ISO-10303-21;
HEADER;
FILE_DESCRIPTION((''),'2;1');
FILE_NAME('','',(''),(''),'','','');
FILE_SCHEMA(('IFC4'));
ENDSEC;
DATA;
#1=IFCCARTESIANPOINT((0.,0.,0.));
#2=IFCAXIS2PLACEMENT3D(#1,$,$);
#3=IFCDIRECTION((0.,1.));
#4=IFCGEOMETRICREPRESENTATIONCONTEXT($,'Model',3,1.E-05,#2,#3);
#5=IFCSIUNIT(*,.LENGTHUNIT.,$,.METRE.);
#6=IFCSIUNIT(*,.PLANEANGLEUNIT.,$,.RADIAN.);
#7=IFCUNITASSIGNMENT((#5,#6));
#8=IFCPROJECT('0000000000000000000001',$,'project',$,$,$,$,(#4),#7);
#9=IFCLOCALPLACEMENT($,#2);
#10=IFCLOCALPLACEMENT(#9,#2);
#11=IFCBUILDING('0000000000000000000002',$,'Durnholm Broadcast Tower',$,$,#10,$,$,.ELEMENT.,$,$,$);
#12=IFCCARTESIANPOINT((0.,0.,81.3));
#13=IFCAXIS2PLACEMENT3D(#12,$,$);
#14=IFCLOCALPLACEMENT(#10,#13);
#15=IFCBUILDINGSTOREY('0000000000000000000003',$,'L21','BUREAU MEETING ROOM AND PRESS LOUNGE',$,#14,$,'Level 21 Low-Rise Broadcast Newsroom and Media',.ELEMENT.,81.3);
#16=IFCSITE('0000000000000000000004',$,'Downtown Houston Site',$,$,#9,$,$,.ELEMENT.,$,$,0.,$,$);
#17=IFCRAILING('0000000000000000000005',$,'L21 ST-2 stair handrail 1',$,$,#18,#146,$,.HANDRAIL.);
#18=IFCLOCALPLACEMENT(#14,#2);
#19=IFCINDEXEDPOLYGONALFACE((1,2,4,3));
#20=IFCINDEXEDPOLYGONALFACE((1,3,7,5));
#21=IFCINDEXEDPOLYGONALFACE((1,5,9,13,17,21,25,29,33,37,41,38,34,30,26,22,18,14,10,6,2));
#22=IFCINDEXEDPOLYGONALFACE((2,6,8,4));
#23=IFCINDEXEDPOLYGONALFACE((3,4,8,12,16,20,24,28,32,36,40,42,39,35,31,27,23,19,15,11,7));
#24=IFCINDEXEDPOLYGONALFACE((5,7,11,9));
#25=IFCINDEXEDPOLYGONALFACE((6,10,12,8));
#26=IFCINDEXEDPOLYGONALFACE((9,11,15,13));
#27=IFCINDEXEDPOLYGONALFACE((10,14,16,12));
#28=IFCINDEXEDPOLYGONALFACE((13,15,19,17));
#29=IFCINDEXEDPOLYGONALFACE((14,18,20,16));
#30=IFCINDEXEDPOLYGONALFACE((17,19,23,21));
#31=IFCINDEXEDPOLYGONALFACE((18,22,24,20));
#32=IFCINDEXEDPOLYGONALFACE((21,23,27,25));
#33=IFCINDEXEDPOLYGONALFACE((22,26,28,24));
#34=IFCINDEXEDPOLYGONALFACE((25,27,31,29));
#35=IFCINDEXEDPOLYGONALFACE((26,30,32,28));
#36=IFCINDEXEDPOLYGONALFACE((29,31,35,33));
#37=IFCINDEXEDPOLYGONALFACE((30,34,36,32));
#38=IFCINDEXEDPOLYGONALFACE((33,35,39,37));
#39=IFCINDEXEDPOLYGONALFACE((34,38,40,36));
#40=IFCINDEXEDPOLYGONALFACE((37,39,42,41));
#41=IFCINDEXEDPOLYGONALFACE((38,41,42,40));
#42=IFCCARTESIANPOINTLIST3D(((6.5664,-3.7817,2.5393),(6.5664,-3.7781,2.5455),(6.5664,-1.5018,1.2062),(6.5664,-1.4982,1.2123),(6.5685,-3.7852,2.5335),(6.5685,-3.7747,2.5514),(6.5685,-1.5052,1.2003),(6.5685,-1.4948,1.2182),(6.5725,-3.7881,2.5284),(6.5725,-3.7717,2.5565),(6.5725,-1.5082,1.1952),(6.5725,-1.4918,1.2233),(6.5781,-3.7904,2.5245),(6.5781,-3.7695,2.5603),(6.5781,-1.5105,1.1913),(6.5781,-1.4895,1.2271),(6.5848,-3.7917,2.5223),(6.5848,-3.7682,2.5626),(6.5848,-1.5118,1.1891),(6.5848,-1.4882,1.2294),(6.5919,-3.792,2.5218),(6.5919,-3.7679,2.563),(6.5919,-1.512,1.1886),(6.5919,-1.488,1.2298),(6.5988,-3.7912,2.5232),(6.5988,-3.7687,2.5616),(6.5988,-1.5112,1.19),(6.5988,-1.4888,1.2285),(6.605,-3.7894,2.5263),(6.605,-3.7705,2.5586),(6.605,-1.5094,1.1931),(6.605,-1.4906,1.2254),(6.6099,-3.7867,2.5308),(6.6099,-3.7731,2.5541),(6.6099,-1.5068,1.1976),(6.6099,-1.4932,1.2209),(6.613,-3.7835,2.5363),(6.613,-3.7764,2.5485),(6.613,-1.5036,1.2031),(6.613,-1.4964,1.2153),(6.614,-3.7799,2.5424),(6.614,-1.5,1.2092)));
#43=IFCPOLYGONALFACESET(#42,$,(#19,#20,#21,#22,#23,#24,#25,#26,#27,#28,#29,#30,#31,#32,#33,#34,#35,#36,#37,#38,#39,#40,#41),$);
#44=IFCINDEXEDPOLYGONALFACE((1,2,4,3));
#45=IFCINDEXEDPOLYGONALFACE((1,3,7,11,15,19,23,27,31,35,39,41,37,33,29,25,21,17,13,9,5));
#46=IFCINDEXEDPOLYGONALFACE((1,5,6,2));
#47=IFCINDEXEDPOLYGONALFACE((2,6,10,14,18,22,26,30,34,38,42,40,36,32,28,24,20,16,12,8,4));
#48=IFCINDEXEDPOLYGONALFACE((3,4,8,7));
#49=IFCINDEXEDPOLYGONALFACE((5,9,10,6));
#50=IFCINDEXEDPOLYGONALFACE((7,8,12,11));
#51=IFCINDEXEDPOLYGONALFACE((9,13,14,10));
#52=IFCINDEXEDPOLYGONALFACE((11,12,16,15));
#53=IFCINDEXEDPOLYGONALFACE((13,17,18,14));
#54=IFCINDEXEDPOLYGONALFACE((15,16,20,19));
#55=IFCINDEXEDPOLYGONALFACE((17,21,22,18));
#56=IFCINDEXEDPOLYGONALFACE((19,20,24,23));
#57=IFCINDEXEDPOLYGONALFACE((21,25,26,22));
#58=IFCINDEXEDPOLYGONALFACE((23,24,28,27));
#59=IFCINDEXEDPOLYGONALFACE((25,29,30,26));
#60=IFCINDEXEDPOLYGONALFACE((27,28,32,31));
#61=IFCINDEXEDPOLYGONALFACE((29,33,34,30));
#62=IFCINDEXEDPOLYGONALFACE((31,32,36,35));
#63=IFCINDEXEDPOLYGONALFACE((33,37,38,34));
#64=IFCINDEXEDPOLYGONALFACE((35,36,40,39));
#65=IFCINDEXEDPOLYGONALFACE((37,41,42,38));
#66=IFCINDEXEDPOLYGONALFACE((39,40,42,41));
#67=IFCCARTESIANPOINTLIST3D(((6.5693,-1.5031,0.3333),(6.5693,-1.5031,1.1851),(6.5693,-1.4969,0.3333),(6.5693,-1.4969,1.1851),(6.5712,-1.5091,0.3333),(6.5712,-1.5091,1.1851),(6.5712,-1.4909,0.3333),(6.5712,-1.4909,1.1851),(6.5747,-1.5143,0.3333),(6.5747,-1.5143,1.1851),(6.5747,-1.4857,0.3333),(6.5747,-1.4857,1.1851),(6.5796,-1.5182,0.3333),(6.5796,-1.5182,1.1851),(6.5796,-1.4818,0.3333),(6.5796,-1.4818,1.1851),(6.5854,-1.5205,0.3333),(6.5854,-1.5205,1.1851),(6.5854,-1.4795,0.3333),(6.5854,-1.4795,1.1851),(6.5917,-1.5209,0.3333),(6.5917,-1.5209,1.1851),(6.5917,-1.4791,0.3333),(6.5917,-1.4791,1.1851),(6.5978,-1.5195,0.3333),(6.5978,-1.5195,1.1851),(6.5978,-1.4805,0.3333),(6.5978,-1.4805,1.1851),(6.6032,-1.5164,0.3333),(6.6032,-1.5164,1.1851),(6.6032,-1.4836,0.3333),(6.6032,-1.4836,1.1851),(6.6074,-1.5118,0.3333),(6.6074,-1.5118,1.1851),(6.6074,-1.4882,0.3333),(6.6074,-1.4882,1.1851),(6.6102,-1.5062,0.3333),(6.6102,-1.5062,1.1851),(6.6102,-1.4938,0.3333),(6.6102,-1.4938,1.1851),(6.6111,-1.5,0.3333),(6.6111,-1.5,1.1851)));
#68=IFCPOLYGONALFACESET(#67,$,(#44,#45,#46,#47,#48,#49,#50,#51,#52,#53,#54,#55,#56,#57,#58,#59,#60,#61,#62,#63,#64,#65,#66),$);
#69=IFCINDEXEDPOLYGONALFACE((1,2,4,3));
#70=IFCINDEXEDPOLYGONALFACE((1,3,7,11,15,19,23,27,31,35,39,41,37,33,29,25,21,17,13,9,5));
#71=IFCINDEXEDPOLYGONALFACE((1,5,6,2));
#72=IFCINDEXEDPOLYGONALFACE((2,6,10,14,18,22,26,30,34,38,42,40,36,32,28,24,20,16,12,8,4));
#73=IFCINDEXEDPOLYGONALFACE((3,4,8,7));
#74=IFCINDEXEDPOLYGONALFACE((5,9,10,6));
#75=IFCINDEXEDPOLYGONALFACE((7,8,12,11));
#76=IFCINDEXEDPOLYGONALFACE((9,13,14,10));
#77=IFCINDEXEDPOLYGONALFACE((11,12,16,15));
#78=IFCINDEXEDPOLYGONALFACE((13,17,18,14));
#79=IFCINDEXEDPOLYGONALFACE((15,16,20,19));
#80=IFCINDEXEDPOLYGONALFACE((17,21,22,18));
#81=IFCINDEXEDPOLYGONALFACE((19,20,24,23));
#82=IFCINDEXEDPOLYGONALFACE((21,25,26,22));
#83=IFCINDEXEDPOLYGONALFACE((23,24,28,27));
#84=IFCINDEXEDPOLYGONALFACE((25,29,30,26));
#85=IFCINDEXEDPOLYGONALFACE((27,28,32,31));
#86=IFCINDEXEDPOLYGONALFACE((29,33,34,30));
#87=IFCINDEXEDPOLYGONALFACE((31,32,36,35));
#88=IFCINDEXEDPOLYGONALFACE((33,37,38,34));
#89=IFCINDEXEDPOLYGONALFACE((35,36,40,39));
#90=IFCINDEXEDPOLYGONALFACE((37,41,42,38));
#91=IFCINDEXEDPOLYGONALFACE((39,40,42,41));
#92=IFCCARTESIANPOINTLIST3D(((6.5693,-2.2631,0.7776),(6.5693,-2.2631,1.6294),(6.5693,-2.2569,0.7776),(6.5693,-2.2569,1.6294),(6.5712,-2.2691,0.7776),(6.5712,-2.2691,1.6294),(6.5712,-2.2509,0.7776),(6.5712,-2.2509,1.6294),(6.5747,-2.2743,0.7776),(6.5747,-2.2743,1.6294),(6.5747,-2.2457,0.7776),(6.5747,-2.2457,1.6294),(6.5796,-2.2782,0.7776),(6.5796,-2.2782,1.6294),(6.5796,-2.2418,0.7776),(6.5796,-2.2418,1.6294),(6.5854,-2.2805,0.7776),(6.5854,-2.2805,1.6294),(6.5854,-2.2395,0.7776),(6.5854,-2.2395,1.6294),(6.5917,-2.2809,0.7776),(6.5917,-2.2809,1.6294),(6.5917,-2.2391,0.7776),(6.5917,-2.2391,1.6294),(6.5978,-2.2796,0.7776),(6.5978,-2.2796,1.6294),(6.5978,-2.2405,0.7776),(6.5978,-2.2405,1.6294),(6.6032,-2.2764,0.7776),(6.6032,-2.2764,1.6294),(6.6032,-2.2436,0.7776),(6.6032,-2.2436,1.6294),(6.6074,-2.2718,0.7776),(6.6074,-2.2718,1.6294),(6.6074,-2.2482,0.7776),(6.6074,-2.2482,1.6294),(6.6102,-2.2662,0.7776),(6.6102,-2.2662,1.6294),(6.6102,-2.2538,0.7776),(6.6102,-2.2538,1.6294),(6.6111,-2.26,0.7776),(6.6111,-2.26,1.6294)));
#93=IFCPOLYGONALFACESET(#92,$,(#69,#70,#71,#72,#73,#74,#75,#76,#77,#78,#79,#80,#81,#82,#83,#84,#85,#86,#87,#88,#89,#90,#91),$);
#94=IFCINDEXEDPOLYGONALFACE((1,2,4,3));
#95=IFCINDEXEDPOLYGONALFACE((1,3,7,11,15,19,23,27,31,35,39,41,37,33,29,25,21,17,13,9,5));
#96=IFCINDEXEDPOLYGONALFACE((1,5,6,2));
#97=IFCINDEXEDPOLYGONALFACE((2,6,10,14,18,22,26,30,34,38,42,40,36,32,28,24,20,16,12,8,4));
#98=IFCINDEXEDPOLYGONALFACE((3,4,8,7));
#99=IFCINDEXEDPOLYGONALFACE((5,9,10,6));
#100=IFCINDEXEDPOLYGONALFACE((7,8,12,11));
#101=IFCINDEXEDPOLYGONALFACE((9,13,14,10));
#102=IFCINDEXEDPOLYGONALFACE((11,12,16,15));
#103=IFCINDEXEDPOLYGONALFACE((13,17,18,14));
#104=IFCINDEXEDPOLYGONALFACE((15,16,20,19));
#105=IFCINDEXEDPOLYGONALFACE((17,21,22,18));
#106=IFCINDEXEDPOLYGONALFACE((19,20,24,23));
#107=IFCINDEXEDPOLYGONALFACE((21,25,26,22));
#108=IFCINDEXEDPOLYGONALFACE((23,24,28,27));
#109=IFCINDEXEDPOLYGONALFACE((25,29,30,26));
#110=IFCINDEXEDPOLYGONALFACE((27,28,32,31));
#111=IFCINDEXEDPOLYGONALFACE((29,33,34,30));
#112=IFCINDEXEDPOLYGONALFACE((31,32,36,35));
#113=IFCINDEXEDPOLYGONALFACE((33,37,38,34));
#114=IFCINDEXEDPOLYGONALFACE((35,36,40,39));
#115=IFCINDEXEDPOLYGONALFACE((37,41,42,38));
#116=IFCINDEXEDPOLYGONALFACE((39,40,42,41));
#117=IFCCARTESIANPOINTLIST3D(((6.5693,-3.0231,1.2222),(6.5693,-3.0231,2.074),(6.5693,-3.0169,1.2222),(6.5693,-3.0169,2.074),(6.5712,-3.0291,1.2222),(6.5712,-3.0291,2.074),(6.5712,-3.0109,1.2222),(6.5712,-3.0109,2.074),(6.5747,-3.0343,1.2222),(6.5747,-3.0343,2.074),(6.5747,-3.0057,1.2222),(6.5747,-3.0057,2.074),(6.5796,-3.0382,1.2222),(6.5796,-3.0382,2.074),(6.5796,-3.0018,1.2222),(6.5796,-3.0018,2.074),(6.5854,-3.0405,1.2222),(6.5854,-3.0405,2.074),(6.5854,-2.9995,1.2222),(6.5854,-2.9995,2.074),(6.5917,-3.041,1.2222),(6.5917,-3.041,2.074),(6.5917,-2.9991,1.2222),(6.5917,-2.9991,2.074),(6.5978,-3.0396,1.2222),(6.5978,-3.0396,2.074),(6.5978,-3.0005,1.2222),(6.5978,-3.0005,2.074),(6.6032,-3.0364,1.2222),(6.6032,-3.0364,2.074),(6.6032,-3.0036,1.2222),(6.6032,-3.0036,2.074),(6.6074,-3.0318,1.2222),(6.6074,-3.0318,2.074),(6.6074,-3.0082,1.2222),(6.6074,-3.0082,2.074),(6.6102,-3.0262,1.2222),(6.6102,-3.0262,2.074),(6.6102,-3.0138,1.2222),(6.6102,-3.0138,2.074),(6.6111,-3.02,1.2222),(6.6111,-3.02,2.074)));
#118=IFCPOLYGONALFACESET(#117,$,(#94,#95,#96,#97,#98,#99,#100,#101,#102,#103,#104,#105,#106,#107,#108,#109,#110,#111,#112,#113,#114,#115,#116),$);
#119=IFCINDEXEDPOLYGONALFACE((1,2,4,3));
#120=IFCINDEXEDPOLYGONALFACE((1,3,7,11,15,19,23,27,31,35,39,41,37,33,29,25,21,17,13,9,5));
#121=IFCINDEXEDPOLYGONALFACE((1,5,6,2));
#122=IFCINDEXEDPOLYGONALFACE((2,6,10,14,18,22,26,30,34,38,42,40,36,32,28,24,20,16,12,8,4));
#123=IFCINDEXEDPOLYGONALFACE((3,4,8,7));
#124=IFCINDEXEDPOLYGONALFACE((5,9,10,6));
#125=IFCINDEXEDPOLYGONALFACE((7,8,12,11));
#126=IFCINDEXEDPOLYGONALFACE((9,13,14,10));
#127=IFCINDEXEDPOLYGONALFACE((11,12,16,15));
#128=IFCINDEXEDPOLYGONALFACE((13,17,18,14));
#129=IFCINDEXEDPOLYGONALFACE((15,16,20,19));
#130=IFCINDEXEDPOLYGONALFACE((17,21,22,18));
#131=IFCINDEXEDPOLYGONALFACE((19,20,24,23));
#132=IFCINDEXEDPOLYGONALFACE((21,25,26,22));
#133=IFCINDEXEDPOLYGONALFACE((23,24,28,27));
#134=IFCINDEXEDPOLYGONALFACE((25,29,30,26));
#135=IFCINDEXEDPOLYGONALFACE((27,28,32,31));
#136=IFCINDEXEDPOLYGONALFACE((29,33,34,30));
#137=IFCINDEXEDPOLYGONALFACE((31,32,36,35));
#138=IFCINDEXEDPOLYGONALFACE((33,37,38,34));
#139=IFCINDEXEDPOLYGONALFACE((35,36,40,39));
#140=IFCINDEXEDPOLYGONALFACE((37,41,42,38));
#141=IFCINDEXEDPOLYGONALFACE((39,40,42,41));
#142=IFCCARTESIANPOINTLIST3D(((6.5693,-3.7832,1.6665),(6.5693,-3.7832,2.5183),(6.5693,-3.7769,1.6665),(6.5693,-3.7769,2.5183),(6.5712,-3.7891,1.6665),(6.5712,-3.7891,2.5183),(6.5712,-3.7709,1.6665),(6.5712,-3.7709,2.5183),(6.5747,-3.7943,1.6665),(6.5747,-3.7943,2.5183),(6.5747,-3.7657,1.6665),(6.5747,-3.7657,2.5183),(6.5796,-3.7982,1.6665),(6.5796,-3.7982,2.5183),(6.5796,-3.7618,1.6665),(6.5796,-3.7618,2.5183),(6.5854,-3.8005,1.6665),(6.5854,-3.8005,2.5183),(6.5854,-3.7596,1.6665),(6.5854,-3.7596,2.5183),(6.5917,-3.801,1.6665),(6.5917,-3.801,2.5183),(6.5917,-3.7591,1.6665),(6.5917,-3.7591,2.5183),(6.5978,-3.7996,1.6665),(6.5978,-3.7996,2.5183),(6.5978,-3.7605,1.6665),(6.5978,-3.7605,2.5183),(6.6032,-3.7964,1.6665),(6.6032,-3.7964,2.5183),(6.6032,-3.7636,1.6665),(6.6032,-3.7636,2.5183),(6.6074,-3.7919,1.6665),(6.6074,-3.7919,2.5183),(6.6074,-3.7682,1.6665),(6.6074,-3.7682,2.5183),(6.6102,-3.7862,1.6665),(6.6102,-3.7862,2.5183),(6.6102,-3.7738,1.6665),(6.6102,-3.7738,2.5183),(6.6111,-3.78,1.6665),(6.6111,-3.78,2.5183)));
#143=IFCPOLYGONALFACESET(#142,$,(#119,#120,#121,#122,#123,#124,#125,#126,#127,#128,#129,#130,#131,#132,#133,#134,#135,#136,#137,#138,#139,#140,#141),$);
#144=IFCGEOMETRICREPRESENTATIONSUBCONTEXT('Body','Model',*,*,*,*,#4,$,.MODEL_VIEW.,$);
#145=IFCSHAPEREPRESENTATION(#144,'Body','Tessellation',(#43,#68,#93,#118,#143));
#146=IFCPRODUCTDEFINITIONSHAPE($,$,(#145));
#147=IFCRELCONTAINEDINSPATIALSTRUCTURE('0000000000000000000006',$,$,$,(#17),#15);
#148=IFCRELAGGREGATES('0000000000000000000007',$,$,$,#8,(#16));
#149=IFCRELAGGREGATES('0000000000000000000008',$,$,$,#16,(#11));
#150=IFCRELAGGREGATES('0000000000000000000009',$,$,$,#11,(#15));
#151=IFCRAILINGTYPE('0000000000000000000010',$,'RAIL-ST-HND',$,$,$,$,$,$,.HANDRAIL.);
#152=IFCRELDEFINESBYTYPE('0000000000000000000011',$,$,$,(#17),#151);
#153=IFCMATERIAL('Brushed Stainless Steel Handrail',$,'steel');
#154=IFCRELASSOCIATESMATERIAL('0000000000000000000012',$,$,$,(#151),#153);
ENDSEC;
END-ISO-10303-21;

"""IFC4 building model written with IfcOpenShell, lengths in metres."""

from ifc_helpers import new_model, si_unit, direction, frame, origin, origin_2d, place, context, subcontext, project, spatial, circle, extrude, material, type_object, element, save


model = new_model("IFC4")

# Units and contexts
model_context = context("Model", 3, precision=1e-05, world=origin(), true_north=direction((0.0, 1.0)))
body_context = subcontext(model_context, "Body", "Model", "MODEL_VIEW")
ifc_project = project(units=[si_unit("LENGTHUNIT", "METRE"), si_unit("PLANEANGLEUNIT", "RADIAN")], contexts=[model_context])

# Site, building, storey
site_placement = place(None, origin())
site = spatial("IfcSite", under=ifc_project, at=site_placement, Name="Downtown Houston Site", CompositionType="ELEMENT", RefElevation=0.0)
building_placement = place(site_placement, origin())
building = spatial("IfcBuilding", under=site, at=building_placement, Name="Durnholm Broadcast Tower", CompositionType="ELEMENT")
storey_placement = place(building_placement, frame((0.0, 0.0, 81.3)))
storey = spatial("IfcBuildingStorey", under=building, at=storey_placement, Name="L21", Description="BUREAU MEETING ROOM AND PRESS LOUNGE", LongName="Level 21 Low-Rise Broadcast Newsroom and Media", CompositionType="ELEMENT", Elevation=81.3)

# Railing
ifc_material_1 = material(Name="Brushed Stainless Steel Handrail", Category="steel")
railing_type_1 = type_object("IfcRailingType", Name="RAIL-ST-HND", PredefinedType="HANDRAIL", material=ifc_material_1)
railing_1_placement = place(storey_placement, frame((6.5901, -1.5, 0.3333)))
element("IfcRailing", 1, at=railing_1_placement, inside=storey, type_object=railing_type_1, Name="L21 ST-2 stair handrail 1", PredefinedType="HANDRAIL", context=body_context, shape_type="SweptSolid", body=[
    extrude(circle(Radius=0.0239, at=origin_2d()), frame((0.0, 0.0, 0.876), z_axis=(0.0, -0.863245, 0.504785), x_axis=(1.0, 0.0, 0.0)), (0.0, 0.0, 1.0), 2.6411),
    extrude(circle(Radius=0.021, at=origin_2d()), origin(), (0.0, 0.0, 1.0), 0.8518),
    extrude(circle(Radius=0.021, at=origin_2d()), frame((0.0, -0.76, 0.4443)), (0.0, 0.0, 1.0), 0.8518),
    extrude(circle(Radius=0.021, at=origin_2d()), frame((0.0, -1.52, 0.8889)), (0.0, 0.0, 1.0), 0.8518),
    extrude(circle(Radius=0.021, at=origin_2d()), frame((0.0, -2.28, 1.3333)), (0.0, 0.0, 1.0), 0.8518),
])

save(model, "model.ifc")
